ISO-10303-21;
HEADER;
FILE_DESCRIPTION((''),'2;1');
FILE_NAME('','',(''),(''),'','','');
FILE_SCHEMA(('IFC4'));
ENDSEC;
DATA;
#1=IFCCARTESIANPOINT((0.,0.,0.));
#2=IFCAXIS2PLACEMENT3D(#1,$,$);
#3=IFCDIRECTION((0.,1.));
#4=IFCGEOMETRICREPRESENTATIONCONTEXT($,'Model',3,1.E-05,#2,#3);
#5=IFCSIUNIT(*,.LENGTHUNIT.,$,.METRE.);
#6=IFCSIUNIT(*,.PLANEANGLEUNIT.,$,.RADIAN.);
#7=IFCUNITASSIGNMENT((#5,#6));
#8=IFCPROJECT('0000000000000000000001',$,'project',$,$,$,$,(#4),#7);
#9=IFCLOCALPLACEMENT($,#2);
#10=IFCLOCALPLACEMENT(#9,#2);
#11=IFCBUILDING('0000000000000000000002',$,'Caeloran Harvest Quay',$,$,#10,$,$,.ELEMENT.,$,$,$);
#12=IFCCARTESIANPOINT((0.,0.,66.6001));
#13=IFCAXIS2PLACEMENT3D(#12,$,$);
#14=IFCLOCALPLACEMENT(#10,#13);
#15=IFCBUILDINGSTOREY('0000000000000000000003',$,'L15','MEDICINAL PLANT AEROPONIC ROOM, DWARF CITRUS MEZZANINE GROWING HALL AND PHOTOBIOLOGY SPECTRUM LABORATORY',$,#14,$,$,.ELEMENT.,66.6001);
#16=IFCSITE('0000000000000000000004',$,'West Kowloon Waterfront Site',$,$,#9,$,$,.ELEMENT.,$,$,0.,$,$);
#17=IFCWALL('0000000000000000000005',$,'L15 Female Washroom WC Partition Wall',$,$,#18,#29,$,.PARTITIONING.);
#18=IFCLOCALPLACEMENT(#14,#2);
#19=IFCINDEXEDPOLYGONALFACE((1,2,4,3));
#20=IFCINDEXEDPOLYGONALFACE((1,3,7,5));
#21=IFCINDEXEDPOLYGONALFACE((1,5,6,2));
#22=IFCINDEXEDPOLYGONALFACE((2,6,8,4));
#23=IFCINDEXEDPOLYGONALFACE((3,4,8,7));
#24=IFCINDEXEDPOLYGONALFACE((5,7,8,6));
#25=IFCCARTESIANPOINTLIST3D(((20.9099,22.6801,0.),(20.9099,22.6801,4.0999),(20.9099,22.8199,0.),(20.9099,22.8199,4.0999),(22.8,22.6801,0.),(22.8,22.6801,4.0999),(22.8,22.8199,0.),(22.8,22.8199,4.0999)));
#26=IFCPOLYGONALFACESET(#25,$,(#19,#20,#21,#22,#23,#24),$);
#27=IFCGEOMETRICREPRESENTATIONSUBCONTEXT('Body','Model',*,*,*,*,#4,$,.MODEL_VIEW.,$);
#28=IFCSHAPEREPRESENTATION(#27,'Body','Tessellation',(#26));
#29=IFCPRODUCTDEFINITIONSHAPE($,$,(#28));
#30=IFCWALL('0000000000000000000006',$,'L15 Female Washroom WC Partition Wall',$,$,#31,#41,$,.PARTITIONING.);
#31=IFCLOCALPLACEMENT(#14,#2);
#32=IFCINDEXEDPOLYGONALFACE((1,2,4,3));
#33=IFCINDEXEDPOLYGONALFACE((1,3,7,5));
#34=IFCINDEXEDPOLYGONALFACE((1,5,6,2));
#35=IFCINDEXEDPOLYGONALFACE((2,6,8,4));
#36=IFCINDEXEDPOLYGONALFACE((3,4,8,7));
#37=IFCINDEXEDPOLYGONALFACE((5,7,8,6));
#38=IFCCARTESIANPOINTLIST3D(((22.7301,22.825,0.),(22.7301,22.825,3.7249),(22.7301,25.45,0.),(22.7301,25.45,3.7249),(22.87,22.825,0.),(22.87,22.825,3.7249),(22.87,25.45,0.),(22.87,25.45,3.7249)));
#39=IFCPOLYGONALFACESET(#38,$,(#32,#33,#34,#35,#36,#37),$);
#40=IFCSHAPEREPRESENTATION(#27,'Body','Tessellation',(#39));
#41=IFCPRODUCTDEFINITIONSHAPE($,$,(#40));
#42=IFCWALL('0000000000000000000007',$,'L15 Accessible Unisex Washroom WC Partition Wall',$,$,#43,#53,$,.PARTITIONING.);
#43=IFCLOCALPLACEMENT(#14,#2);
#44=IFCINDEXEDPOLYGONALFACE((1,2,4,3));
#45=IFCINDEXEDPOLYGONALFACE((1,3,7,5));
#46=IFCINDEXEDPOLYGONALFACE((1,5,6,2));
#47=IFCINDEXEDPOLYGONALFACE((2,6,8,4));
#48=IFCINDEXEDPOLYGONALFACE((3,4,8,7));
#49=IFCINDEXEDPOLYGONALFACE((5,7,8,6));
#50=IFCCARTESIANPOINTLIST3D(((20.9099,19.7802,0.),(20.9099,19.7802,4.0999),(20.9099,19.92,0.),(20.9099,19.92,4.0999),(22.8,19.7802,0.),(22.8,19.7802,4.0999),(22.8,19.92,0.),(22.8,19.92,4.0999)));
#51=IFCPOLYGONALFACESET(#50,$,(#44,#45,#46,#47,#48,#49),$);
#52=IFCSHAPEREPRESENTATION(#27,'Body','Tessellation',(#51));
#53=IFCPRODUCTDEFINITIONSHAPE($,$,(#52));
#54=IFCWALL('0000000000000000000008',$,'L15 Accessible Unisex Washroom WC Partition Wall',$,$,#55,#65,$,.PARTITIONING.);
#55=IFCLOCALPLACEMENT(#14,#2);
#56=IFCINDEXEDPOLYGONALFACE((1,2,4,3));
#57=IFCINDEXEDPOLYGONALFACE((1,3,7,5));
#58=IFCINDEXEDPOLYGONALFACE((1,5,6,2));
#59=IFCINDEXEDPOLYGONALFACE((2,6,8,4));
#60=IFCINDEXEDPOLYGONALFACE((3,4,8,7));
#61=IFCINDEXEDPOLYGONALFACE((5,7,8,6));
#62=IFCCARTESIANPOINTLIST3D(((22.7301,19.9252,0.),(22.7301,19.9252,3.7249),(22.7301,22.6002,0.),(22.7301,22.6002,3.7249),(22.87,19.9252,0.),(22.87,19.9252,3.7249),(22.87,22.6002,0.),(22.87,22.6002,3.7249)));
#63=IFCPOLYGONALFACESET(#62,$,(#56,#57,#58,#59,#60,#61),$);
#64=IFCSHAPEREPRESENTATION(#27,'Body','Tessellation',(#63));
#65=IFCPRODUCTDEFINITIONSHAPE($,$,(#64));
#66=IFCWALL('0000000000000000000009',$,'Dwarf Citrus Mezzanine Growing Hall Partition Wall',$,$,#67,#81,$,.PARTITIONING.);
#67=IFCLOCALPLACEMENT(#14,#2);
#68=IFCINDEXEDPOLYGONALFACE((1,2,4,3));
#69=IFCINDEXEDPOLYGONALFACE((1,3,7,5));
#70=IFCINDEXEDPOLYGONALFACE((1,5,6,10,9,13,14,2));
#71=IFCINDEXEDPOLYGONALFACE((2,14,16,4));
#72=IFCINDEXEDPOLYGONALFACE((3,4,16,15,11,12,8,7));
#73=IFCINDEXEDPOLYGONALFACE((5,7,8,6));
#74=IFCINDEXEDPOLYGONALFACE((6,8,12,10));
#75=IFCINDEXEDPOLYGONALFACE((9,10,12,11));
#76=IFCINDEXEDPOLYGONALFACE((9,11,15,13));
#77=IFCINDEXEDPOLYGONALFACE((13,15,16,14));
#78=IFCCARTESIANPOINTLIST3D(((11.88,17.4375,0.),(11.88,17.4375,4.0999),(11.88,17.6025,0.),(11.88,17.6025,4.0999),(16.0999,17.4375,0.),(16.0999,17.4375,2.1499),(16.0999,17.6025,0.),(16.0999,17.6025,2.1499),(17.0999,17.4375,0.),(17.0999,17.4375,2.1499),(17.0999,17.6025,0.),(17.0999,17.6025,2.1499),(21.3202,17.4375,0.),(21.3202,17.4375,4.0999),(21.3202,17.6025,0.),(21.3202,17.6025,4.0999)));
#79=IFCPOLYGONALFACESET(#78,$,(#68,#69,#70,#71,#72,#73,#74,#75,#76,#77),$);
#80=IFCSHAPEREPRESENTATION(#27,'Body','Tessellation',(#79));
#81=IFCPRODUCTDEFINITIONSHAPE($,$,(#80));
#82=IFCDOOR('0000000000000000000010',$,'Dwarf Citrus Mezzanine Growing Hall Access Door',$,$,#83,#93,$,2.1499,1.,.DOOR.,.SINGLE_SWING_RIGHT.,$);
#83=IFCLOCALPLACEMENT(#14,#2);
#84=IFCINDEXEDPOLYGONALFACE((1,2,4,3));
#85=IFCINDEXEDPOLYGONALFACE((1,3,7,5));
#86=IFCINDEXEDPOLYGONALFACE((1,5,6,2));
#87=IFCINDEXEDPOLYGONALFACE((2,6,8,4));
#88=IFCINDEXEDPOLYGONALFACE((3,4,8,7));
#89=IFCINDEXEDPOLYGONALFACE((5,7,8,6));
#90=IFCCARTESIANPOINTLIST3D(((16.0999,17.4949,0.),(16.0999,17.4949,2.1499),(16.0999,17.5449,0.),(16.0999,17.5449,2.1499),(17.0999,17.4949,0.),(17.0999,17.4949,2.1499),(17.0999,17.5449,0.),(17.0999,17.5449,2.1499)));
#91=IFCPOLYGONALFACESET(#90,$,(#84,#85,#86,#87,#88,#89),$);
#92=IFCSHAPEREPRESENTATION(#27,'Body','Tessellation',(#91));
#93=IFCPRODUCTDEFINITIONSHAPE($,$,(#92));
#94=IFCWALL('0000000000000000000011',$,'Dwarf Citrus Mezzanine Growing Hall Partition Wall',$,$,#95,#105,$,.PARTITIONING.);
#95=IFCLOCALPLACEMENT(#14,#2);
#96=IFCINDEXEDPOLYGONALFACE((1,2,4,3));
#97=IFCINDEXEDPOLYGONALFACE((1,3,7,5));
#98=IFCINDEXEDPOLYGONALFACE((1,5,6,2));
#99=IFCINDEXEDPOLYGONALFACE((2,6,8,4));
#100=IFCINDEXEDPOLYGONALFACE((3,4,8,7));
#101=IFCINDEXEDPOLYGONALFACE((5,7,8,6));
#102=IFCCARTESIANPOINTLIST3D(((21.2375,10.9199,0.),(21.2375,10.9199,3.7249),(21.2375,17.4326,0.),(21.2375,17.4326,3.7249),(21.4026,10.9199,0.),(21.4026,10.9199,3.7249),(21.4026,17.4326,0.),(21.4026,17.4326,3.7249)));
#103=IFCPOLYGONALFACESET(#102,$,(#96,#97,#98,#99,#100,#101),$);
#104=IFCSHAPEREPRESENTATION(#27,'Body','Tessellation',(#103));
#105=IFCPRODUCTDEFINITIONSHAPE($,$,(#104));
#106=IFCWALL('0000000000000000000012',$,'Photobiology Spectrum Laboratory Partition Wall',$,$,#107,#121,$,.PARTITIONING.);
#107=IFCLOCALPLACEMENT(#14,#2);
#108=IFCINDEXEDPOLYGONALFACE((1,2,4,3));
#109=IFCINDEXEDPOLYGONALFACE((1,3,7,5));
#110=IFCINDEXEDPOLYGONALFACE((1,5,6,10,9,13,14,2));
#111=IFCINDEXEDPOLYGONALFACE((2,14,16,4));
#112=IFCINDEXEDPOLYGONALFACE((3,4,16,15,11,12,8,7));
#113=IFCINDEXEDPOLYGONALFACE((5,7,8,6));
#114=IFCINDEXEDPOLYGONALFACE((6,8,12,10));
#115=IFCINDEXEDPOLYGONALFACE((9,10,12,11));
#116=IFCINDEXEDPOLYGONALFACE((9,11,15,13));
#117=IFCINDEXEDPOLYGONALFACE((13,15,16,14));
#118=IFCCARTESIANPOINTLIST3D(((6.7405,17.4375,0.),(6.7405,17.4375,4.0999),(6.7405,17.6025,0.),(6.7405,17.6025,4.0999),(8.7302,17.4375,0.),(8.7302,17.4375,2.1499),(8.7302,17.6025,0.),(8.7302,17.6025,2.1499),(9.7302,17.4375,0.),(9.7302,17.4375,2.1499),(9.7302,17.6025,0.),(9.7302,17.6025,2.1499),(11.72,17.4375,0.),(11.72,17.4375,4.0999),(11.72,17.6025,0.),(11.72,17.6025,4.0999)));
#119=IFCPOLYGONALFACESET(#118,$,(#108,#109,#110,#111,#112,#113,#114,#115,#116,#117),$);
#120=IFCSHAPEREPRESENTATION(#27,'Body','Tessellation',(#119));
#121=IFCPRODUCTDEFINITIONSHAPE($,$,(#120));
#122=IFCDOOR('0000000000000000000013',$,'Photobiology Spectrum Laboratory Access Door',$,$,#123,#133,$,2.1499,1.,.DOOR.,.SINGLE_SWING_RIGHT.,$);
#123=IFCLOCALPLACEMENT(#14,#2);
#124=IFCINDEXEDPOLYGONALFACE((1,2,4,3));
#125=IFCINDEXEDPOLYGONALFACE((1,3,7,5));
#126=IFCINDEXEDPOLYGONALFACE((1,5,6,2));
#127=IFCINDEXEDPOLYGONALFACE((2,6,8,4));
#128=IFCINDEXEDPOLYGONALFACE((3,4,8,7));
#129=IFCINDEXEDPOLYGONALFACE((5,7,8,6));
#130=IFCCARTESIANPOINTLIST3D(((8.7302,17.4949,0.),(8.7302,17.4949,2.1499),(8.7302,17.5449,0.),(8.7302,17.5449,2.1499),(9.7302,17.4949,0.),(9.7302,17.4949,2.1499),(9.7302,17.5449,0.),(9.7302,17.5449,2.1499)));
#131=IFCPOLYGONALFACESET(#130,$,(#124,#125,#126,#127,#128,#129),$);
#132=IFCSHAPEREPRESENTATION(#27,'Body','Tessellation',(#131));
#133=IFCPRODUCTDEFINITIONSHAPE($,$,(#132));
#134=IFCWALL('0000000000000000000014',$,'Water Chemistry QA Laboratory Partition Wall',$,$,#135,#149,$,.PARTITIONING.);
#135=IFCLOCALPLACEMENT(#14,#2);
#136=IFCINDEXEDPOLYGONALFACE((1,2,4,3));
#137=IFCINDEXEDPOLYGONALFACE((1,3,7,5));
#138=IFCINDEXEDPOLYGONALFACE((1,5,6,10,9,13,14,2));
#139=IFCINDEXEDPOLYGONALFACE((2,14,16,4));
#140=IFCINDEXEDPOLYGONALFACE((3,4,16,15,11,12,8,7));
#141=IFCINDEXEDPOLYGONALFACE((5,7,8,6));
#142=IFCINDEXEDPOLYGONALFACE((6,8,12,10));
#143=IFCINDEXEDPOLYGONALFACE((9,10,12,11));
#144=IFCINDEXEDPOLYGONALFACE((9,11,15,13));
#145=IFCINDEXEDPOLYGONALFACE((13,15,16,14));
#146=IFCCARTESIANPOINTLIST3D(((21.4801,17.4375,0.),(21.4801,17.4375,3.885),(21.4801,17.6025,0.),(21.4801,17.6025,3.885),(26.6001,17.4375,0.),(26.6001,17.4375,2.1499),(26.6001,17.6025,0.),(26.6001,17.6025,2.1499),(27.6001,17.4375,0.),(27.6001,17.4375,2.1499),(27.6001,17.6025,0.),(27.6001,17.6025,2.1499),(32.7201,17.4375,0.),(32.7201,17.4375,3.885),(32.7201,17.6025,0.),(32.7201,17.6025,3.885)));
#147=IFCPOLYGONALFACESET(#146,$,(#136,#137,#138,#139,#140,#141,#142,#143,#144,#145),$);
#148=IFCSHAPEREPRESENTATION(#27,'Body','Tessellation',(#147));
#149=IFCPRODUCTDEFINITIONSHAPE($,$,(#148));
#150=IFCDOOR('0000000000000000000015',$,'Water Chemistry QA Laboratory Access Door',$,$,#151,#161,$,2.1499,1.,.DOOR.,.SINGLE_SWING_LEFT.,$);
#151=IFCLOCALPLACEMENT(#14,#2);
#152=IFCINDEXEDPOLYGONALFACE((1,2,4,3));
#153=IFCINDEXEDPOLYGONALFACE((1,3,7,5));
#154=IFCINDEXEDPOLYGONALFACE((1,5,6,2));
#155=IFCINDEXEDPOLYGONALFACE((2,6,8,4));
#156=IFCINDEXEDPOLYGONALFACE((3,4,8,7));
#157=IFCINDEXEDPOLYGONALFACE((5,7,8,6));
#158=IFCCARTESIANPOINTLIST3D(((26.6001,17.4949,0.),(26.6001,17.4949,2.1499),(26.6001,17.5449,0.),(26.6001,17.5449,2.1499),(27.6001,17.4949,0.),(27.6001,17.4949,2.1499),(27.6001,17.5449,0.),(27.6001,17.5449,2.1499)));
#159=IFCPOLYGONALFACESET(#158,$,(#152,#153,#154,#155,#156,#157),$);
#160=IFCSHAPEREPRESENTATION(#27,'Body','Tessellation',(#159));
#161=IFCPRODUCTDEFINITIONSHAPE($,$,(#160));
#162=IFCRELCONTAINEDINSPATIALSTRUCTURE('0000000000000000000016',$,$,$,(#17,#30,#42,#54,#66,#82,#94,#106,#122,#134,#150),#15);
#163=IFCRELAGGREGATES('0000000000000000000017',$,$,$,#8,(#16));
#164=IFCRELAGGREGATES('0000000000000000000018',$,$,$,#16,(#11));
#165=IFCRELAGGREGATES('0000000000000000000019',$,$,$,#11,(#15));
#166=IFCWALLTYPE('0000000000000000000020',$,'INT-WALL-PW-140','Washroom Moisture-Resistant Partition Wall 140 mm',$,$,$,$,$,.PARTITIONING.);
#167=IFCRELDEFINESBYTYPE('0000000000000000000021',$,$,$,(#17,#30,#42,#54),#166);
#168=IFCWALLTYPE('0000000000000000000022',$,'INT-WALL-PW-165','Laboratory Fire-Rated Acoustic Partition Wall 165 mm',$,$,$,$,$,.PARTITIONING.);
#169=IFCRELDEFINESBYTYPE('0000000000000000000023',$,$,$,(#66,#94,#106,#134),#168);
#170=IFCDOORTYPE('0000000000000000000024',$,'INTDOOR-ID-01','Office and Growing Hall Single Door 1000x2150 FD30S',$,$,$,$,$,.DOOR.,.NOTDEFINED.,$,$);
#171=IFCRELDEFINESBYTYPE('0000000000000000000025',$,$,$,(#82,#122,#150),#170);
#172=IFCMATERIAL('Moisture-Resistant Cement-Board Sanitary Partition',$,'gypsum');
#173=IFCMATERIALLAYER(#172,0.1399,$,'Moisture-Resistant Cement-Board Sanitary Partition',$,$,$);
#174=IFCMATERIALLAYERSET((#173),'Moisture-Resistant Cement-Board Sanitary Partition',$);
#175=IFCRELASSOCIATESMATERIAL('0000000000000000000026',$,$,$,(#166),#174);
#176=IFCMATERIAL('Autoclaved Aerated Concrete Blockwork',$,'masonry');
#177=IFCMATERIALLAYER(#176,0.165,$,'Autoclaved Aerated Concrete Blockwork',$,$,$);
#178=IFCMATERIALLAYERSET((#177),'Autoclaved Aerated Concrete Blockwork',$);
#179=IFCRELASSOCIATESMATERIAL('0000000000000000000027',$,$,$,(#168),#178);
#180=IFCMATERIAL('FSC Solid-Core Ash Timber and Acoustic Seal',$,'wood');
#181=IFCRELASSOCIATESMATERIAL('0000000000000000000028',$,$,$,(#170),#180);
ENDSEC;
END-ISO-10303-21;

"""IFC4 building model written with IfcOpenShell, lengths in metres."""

from ifc_helpers import new_model, si_unit, direction, frame, frame_2d, origin, place, context, subcontext, project, spatial, rectangle, extrude, material, layer, layer_set, type_object, element, fill, save


model = new_model("IFC4")

# Units and contexts
model_context = context("Model", 3, precision=1e-05, world=origin(), true_north=direction((0.0, 1.0)))
body_context = subcontext(model_context, "Body", "Model", "MODEL_VIEW")
ifc_project = project(units=[si_unit("LENGTHUNIT", "METRE"), si_unit("PLANEANGLEUNIT", "RADIAN")], contexts=[model_context])

# Site, building, storey
site_placement = place(None, origin())
site = spatial("IfcSite", under=ifc_project, at=site_placement, Name="West Kowloon Waterfront Site", CompositionType="ELEMENT", RefElevation=0.0)
building_placement = place(site_placement, origin())
building = spatial("IfcBuilding", under=site, at=building_placement, Name="Caeloran Harvest Quay", CompositionType="ELEMENT")
storey_placement = place(building_placement, frame((0.0, 0.0, 66.6001)))
storey = spatial("IfcBuildingStorey", under=building, at=storey_placement, Name="L15", Description="MEDICINAL PLANT AEROPONIC ROOM, DWARF CITRUS MEZZANINE GROWING HALL AND PHOTOBIOLOGY SPECTRUM LABORATORY", CompositionType="ELEMENT", Elevation=66.6001)

# Wall
ifc_material_1 = material(Name="Moisture-Resistant Cement-Board Sanitary Partition", Category="gypsum")
ifc_layer_1 = layer(ifc_material_1, 0.1399, Name="Moisture-Resistant Cement-Board Sanitary Partition")
ifc_layer_set_1 = layer_set([ifc_layer_1], Name="Moisture-Resistant Cement-Board Sanitary Partition")
wall_type_1 = type_object("IfcWallType", Name="INT-WALL-PW-140", Description="Washroom Moisture-Resistant Partition Wall 140 mm", PredefinedType="PARTITIONING", material=ifc_layer_set_1)
wall_1_placement = place(storey_placement, frame((22.8, 22.75, 0.0), z_axis=(0.0, 0.0, 1.0), x_axis=(-1.0, 0.0, 0.0)))
element("IfcWall", 1, at=wall_1_placement, inside=storey, type_object=wall_type_1, Name="L15 Female Washroom WC Partition Wall", PredefinedType="PARTITIONING", context=body_context, shape_type="SweptSolid", body=[
    extrude(rectangle(XDim=1.8901, YDim=0.1399, at=frame_2d((0.9451, 0.0))), origin(), (0.0, 0.0, 1.0), 4.0999),
])

# Walls
wall_2_placement = place(storey_placement, frame((22.8, 25.45, 0.0), z_axis=(0.0, 0.0, 1.0), x_axis=(0.0, -1.0, 0.0)))
element("IfcWall", 2, at=wall_2_placement, inside=storey, type_object=wall_type_1, Name="L15 Female Washroom WC Partition Wall", PredefinedType="PARTITIONING", context=body_context, shape_type="SweptSolid", body=[
    extrude(rectangle(XDim=2.625, YDim=0.1399, at=frame_2d((1.3125, 0.0))), origin(), (0.0, 0.0, 1.0), 3.7249),
])
wall_3_placement = place(storey_placement, frame((22.8, 19.8501, 0.0), z_axis=(0.0, 0.0, 1.0), x_axis=(-1.0, 0.0, 0.0)))
element("IfcWall", 3, at=wall_3_placement, inside=storey, type_object=wall_type_1, Name="L15 Accessible Unisex Washroom WC Partition Wall", PredefinedType="PARTITIONING", context=body_context, shape_type="SweptSolid", body=[
    extrude(rectangle(XDim=1.8901, YDim=0.1399, at=frame_2d((0.9451, 0.0))), origin(), (0.0, 0.0, 1.0), 4.0999),
])

# Wall
wall_4_placement = place(storey_placement, frame((22.8, 22.6001, 0.0), z_axis=(0.0, 0.0, 1.0), x_axis=(0.0, -1.0, 0.0)))
element("IfcWall", 4, at=wall_4_placement, inside=storey, type_object=wall_type_1, Name="L15 Accessible Unisex Washroom WC Partition Wall", PredefinedType="PARTITIONING", context=body_context, shape_type="SweptSolid", body=[
    extrude(rectangle(XDim=2.675, YDim=0.1399, at=frame_2d((1.3374, 0.0))), origin(), (0.0, 0.0, 1.0), 3.7249),
])

# Wall, opening, door
ifc_material_2 = material(Name="Autoclaved Aerated Concrete Blockwork", Category="masonry")
ifc_layer_2 = layer(ifc_material_2, 0.165, Name="Autoclaved Aerated Concrete Blockwork")
ifc_layer_set_2 = layer_set([ifc_layer_2], Name="Autoclaved Aerated Concrete Blockwork")
wall_type_2 = type_object("IfcWallType", Name="INT-WALL-PW-165", Description="Laboratory Fire-Rated Acoustic Partition Wall 165 mm", PredefinedType="PARTITIONING", material=ifc_layer_set_2)
wall_5_placement = place(storey_placement, frame((11.8799, 17.52, 0.0), z_axis=(0.0, 0.0, 1.0), x_axis=(1.0, 0.0, 0.0)))
wall_5 = element("IfcWall", 5, at=wall_5_placement, inside=storey, type_object=wall_type_2, Name="Dwarf Citrus Mezzanine Growing Hall Partition Wall", PredefinedType="PARTITIONING", context=body_context, shape_type="SweptSolid", body=[
    extrude(rectangle(XDim=9.4402, YDim=0.165, at=frame_2d((4.7202, 0.0))), origin(), (0.0, 0.0, 1.0), 4.0999),
])
opening_1_placement = place(wall_5_placement, frame((4.22, 0.0, 0.0)))
opening_1 = element("IfcOpeningElement", 6, at=opening_1_placement, cuts=wall_5, PredefinedType="OPENING", context=body_context, shape_type="SweptSolid", body=[
    extrude(rectangle(XDim=1.0, YDim=2.1499, at=frame_2d((0.5, 1.075))), frame((0.0, 0.0925, 0.0), z_axis=(0.0, -1.0, 0.0), x_axis=(1.0, 0.0, 0.0)), (0.0, 0.0, 1.0), 0.1851),
])
ifc_material_3 = material(Name="FSC Solid-Core Ash Timber and Acoustic Seal", Category="wood")
door_type_1 = type_object("IfcDoorType", Name="INTDOOR-ID-01", Description="Office and Growing Hall Single Door 1000x2150 FD30S", OperationType="NOTDEFINED", PredefinedType="DOOR", material=ifc_material_3)
door_1_placement = place(opening_1_placement, origin())
door_1 = element("IfcDoor", 7, at=door_1_placement, inside=storey, type_object=door_type_1, Name="Dwarf Citrus Mezzanine Growing Hall Access Door", OperationType="SINGLE_SWING_RIGHT", OverallHeight=2.1499, OverallWidth=1.0, PredefinedType="DOOR", context=body_context, shape_type="SweptSolid", body=[
    extrude(rectangle(XDim=1.0, YDim=2.1499, at=frame_2d((0.5, 1.075))), frame((0.0, 0.0249, 0.0), z_axis=(0.0, -1.0, 0.0), x_axis=(1.0, 0.0, 0.0)), (0.0, 0.0, 1.0), 0.05),
])
fill(opening_1, door_1)

# Wall
wall_6_placement = place(storey_placement, frame((21.3201, 17.4326, 0.0), z_axis=(0.0, 0.0, 1.0), x_axis=(0.0, -1.0, 0.0)))
element("IfcWall", 8, at=wall_6_placement, inside=storey, type_object=wall_type_2, Name="Dwarf Citrus Mezzanine Growing Hall Partition Wall", PredefinedType="PARTITIONING", context=body_context, shape_type="SweptSolid", body=[
    extrude(rectangle(XDim=6.5127, YDim=0.165, at=frame_2d((3.2563, 0.0))), origin(), (0.0, 0.0, 1.0), 3.7249),
])

# Walls, openings, doors
wall_7_placement = place(storey_placement, frame((6.7405, 17.52, 0.0), z_axis=(0.0, 0.0, 1.0), x_axis=(1.0, 0.0, 0.0)))
wall_7 = element("IfcWall", 9, at=wall_7_placement, inside=storey, type_object=wall_type_2, Name="Photobiology Spectrum Laboratory Partition Wall", PredefinedType="PARTITIONING", context=body_context, shape_type="SweptSolid", body=[
    extrude(rectangle(XDim=4.9795, YDim=0.165, at=frame_2d((2.4897, 0.0))), origin(), (0.0, 0.0, 1.0), 4.0999),
])
opening_2_placement = place(wall_7_placement, frame((1.9897, 0.0, 0.0)))
opening_2 = element("IfcOpeningElement", 10, at=opening_2_placement, cuts=wall_7, PredefinedType="OPENING", context=body_context, shape_type="SweptSolid", body=[
    extrude(rectangle(XDim=1.0, YDim=2.1499, at=frame_2d((0.5, 1.075))), frame((0.0, 0.0925, 0.0), z_axis=(0.0, -1.0, 0.0), x_axis=(1.0, 0.0, 0.0)), (0.0, 0.0, 1.0), 0.1851),
])
door_2_placement = place(opening_2_placement, origin())
door_2 = element("IfcDoor", 11, at=door_2_placement, inside=storey, type_object=door_type_1, Name="Photobiology Spectrum Laboratory Access Door", OperationType="SINGLE_SWING_RIGHT", OverallHeight=2.1499, OverallWidth=1.0, PredefinedType="DOOR", context=body_context, shape_type="SweptSolid", body=[
    extrude(rectangle(XDim=1.0, YDim=2.1499, at=frame_2d((0.5, 1.075))), frame((0.0, 0.0249, 0.0), z_axis=(0.0, -1.0, 0.0), x_axis=(1.0, 0.0, 0.0)), (0.0, 0.0, 1.0), 0.05),
])
fill(opening_2, door_2)
wall_8_placement = place(storey_placement, frame((21.48, 17.52, 0.0), z_axis=(0.0, 0.0, 1.0), x_axis=(1.0, 0.0, 0.0)))
wall_8 = element("IfcWall", 12, at=wall_8_placement, inside=storey, type_object=wall_type_2, Name="Water Chemistry QA Laboratory Partition Wall", PredefinedType="PARTITIONING", context=body_context, shape_type="SweptSolid", body=[
    extrude(rectangle(XDim=11.24, YDim=0.165, at=frame_2d((5.6201, 0.0))), origin(), (0.0, 0.0, 1.0), 3.885),
])
opening_3_placement = place(wall_8_placement, frame((5.1201, 0.0, 0.0)))
opening_3 = element("IfcOpeningElement", 13, at=opening_3_placement, cuts=wall_8, PredefinedType="OPENING", context=body_context, shape_type="SweptSolid", body=[
    extrude(rectangle(XDim=1.0, YDim=2.1499, at=frame_2d((0.5, 1.075))), frame((0.0, 0.0925, 0.0), z_axis=(0.0, -1.0, 0.0), x_axis=(1.0, 0.0, 0.0)), (0.0, 0.0, 1.0), 0.1851),
])
door_3_placement = place(opening_3_placement, origin())
door_3 = element("IfcDoor", 14, at=door_3_placement, inside=storey, type_object=door_type_1, Name="Water Chemistry QA Laboratory Access Door", OperationType="SINGLE_SWING_LEFT", OverallHeight=2.1499, OverallWidth=1.0, PredefinedType="DOOR", context=body_context, shape_type="SweptSolid", body=[
    extrude(rectangle(XDim=1.0, YDim=2.1499, at=frame_2d((0.5, 1.075))), frame((0.0, 0.0249, 0.0), z_axis=(0.0, -1.0, 0.0), x_axis=(1.0, 0.0, 0.0)), (0.0, 0.0, 1.0), 0.05),
])
fill(opening_3, door_3)

save(model, "model.ifc")
